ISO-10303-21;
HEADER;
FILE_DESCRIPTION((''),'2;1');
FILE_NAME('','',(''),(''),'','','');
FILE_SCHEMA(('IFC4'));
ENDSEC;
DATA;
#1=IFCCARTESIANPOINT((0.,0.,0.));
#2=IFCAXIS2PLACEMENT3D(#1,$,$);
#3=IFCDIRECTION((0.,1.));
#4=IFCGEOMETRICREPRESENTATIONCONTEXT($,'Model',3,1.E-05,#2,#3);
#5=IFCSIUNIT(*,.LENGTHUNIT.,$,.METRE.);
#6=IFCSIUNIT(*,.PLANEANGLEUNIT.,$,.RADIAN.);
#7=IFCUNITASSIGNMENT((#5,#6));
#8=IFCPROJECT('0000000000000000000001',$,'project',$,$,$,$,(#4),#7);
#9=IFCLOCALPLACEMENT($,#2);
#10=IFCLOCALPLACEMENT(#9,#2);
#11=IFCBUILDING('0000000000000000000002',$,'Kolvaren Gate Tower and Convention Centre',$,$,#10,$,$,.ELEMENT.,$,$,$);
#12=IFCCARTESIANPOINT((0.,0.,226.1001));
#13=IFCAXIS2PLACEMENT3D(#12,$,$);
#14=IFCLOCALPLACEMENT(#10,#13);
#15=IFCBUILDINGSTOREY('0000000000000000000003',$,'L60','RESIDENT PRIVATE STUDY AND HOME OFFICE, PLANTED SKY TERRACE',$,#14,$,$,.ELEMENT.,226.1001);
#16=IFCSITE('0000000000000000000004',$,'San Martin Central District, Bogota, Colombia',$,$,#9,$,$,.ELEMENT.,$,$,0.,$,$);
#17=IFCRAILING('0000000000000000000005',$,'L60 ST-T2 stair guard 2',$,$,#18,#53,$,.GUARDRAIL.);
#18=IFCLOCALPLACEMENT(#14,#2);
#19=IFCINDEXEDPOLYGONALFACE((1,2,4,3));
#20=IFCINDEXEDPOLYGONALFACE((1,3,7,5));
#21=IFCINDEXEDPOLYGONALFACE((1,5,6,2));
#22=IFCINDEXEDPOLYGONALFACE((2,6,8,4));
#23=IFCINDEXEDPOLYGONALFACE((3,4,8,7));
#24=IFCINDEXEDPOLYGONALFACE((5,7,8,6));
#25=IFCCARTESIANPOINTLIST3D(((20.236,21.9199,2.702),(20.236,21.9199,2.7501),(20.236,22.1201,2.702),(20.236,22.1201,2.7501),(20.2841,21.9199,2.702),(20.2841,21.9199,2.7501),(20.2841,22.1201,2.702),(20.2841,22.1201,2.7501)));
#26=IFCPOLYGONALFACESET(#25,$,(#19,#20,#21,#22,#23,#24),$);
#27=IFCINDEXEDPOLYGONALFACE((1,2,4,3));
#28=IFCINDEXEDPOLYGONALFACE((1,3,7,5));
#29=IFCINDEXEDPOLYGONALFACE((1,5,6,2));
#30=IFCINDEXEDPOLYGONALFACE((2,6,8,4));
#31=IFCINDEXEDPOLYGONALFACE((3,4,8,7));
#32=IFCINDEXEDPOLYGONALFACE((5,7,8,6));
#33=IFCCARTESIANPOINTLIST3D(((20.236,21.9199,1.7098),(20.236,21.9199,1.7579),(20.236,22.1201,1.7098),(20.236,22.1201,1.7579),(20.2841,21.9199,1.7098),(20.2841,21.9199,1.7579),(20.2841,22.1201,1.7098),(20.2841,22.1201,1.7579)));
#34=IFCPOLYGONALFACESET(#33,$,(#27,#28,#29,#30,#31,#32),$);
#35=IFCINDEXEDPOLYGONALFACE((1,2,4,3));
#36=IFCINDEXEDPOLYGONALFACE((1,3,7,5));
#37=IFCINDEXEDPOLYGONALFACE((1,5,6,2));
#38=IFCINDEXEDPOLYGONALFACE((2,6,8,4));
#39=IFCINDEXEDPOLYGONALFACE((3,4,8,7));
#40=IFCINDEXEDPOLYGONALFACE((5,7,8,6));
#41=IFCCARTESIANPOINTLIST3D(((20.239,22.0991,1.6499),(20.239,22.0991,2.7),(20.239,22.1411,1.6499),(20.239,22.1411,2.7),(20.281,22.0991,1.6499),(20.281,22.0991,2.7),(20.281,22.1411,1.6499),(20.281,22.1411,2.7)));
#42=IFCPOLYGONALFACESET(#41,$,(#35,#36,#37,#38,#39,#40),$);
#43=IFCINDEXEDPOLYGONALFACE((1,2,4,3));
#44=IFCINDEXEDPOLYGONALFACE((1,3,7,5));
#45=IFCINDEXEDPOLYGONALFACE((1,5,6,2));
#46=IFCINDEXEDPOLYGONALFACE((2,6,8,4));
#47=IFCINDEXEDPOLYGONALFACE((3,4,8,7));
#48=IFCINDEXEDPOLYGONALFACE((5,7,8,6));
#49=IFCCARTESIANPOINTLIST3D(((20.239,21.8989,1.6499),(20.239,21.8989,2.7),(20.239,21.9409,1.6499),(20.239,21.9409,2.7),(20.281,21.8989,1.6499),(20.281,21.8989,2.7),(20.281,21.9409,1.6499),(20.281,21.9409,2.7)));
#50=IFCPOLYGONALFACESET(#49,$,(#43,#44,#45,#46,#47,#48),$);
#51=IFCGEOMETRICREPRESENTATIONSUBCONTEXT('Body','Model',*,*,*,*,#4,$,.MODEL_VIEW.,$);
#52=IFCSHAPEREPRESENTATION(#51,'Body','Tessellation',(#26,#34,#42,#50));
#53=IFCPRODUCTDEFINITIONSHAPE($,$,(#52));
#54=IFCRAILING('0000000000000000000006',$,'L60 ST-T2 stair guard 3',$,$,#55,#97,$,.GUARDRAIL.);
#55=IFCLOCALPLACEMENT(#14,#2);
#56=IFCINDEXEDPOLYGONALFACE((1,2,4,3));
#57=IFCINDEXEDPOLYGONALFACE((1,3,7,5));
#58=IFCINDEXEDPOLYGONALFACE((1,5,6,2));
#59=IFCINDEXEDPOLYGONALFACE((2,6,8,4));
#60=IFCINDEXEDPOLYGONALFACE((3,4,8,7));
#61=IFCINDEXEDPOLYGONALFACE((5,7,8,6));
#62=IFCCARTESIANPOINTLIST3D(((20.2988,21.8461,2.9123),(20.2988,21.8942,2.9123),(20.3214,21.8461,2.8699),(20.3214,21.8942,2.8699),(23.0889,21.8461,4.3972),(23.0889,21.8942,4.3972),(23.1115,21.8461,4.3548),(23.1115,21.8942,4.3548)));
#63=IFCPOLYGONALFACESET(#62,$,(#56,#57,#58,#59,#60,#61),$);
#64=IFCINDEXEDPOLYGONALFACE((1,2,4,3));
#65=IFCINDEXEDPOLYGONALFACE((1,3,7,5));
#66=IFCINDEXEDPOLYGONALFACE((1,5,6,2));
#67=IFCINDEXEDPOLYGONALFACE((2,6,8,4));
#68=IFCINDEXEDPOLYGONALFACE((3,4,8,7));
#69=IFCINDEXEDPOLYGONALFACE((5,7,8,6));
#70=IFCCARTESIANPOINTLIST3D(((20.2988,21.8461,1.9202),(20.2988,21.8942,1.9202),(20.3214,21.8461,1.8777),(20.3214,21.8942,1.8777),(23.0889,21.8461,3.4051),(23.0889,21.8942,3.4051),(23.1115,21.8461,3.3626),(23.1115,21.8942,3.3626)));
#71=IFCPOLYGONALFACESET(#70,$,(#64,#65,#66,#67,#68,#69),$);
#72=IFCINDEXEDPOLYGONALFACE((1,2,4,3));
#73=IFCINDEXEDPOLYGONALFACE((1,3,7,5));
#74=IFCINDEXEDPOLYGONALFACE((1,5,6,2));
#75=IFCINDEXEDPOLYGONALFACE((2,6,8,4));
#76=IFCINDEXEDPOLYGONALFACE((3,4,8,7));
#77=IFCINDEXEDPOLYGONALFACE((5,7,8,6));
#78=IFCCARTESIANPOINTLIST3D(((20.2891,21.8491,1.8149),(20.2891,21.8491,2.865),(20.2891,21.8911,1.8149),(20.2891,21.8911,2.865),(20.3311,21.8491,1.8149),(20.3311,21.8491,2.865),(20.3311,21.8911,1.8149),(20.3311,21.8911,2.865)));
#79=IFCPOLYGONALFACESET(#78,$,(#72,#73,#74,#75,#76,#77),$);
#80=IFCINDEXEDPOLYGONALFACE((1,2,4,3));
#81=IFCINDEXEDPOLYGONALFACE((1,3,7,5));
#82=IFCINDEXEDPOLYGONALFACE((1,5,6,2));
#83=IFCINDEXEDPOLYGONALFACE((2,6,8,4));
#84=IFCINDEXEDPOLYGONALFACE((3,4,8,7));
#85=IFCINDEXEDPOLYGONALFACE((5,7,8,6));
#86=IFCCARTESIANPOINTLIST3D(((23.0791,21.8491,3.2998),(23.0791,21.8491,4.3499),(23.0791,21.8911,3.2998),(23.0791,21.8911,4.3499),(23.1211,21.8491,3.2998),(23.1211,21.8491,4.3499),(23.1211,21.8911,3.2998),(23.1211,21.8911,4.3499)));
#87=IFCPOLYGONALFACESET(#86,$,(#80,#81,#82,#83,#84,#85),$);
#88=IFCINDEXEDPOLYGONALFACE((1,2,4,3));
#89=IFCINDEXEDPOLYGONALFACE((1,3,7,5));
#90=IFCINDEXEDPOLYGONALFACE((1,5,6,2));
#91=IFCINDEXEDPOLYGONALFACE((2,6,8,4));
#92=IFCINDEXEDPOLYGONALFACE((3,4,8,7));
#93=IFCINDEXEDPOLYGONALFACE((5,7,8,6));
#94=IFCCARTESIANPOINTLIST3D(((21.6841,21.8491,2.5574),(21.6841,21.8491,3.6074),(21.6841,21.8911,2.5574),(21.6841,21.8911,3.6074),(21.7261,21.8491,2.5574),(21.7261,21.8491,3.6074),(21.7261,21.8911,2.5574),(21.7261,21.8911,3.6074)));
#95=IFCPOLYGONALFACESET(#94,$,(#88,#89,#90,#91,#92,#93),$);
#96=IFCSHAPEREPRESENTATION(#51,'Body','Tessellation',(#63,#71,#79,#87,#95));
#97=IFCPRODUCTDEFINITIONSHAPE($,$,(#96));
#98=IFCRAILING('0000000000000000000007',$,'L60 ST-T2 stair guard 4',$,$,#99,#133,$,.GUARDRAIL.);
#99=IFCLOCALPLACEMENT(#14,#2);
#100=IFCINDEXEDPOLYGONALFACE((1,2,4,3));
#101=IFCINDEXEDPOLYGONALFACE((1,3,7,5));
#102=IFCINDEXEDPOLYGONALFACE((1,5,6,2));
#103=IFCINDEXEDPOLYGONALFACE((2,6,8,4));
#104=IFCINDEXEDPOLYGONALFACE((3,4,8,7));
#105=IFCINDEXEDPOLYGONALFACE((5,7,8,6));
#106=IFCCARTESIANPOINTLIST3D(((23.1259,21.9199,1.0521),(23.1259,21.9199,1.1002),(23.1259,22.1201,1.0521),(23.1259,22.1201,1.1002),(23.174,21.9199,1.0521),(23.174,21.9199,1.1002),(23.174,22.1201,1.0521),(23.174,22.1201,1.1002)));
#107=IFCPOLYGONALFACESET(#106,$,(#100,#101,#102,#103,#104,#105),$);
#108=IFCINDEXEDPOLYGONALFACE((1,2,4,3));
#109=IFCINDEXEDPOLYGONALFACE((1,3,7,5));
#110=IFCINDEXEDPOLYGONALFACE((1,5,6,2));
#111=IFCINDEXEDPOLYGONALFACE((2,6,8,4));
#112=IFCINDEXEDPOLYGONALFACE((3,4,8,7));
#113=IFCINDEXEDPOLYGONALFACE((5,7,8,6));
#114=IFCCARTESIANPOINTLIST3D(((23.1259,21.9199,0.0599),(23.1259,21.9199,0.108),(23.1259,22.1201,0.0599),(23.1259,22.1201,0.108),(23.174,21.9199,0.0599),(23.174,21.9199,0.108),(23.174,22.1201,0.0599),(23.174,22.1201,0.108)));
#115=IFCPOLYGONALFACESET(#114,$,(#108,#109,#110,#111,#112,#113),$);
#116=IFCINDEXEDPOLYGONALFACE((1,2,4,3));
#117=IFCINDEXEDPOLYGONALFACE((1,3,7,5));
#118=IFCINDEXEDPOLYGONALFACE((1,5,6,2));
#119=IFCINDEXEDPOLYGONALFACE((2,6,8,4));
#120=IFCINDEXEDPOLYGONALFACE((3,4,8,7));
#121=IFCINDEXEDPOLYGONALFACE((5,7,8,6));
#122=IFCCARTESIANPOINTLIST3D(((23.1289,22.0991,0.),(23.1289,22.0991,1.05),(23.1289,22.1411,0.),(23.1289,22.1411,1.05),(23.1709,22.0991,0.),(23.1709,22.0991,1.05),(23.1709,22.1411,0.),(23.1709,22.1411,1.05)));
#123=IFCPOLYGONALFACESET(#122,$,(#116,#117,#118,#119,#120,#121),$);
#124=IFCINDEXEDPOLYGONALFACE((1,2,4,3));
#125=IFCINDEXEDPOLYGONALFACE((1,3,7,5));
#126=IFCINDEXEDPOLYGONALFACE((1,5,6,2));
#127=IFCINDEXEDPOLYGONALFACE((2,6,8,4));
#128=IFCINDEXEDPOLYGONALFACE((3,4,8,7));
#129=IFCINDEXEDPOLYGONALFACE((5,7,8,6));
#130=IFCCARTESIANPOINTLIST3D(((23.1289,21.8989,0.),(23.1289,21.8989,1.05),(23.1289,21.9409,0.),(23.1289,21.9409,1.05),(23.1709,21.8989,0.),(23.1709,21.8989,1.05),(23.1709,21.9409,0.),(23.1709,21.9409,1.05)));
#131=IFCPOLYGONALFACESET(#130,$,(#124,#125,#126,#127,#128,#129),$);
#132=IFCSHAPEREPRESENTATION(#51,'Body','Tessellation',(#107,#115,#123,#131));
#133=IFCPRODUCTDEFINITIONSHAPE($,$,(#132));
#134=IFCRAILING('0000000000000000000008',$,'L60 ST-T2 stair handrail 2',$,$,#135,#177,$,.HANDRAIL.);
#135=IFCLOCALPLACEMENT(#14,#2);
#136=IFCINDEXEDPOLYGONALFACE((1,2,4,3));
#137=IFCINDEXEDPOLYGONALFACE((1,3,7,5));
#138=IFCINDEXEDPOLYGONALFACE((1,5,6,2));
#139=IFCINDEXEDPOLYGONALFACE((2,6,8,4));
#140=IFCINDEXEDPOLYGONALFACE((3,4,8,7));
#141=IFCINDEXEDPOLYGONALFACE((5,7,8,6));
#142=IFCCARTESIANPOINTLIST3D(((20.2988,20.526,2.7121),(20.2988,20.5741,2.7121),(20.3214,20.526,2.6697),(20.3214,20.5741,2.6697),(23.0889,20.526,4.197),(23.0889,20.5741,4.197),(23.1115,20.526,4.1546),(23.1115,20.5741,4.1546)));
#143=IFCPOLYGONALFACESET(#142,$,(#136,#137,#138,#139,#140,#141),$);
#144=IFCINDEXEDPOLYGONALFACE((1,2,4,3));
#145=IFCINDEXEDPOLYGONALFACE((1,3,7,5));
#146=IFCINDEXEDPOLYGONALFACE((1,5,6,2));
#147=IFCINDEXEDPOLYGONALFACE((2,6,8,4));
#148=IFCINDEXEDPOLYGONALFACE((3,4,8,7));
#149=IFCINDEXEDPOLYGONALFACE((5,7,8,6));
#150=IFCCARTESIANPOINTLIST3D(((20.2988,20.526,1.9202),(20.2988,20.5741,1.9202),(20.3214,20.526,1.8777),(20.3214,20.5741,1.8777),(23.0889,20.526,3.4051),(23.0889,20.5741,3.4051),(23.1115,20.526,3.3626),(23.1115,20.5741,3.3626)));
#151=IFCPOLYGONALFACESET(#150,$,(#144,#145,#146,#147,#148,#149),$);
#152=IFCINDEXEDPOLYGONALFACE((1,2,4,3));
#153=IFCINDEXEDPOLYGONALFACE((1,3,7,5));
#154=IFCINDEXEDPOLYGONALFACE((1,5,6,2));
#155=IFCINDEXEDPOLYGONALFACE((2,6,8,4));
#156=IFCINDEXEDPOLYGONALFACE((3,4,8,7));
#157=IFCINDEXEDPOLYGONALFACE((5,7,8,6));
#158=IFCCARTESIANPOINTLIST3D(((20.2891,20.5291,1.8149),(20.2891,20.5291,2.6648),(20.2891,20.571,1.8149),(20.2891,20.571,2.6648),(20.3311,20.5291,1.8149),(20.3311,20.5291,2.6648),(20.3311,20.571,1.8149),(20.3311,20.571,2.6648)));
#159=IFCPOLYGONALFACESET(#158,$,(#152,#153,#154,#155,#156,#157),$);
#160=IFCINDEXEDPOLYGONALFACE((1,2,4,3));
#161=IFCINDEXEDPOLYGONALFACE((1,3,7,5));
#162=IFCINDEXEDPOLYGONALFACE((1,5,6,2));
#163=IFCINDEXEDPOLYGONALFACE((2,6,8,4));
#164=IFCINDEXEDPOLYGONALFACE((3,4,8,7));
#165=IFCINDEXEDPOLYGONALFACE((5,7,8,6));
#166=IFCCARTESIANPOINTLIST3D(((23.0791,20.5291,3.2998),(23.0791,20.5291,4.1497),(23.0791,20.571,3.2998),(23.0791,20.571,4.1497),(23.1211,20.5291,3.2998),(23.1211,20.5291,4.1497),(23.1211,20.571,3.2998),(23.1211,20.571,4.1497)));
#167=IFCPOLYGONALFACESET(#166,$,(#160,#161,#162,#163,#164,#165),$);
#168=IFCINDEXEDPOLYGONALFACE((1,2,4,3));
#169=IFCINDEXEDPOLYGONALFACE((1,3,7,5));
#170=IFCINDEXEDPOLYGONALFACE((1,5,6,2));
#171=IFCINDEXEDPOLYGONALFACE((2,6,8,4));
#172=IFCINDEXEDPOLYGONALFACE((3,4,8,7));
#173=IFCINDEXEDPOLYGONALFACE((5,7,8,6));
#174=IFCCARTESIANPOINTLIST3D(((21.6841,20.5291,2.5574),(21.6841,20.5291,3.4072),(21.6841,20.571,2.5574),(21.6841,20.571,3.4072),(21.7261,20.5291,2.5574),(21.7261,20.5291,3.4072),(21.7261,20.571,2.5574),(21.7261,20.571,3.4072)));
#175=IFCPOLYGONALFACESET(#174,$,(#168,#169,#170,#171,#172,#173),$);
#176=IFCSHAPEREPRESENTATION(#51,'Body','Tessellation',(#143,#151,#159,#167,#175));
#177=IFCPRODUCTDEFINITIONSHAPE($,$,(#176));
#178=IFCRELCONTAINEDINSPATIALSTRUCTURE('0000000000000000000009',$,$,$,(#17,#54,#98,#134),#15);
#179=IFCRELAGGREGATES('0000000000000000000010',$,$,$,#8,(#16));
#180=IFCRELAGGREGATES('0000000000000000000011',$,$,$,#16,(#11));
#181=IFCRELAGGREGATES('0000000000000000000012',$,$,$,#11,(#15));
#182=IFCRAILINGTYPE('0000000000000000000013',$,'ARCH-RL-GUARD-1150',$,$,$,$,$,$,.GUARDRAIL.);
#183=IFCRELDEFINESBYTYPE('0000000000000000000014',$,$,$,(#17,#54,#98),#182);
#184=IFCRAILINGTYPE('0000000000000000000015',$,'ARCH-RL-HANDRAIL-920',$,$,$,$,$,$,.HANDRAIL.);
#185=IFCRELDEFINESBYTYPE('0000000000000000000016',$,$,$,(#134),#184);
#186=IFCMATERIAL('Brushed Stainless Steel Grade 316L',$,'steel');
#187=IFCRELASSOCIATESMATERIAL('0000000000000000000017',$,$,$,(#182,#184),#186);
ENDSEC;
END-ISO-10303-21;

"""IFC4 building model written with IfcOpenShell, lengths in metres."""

from ifc_helpers import new_model, si_unit, direction, frame, origin, origin_2d, place, context, subcontext, project, spatial, rectangle, extrude, material, type_object, element, save


model = new_model("IFC4")

# Units and contexts
model_context = context("Model", 3, precision=1e-05, world=origin(), true_north=direction((0.0, 1.0)))
body_context = subcontext(model_context, "Body", "Model", "MODEL_VIEW")
ifc_project = project(units=[si_unit("LENGTHUNIT", "METRE"), si_unit("PLANEANGLEUNIT", "RADIAN")], contexts=[model_context])

# Site, building, storey
site_placement = place(None, origin())
site = spatial("IfcSite", under=ifc_project, at=site_placement, Name="San Martin Central District, Bogota, Colombia", CompositionType="ELEMENT", RefElevation=0.0)
building_placement = place(site_placement, origin())
building = spatial("IfcBuilding", under=site, at=building_placement, Name="Kolvaren Gate Tower and Convention Centre", CompositionType="ELEMENT")
storey_placement = place(building_placement, frame((0.0, 0.0, 226.1001)))
storey = spatial("IfcBuildingStorey", under=building, at=storey_placement, Name="L60", Description="RESIDENT PRIVATE STUDY AND HOME OFFICE, PLANTED SKY TERRACE", CompositionType="ELEMENT", Elevation=226.1001)

# Railings
ifc_material_1 = material(Name="Brushed Stainless Steel Grade 316L", Category="steel")
railing_type_1 = type_object("IfcRailingType", Name="ARCH-RL-GUARD-1150", PredefinedType="GUARDRAIL", material=ifc_material_1)
railing_1_placement = place(storey_placement, frame((20.26, 22.1201, 1.6499)))
element("IfcRailing", 1, at=railing_1_placement, inside=storey, type_object=railing_type_1, Name="L60 ST-T2 stair guard 2", PredefinedType="GUARDRAIL", context=body_context, shape_type="SweptSolid", body=[
    extrude(rectangle(XDim=0.0481, YDim=0.0481, at=origin_2d()), frame((0.0, 0.0, 1.0762), z_axis=(0.0, -1.0, 0.0), x_axis=(1.0, 0.0, 0.0)), (0.0, 0.0, 1.0), 0.2002),
    extrude(rectangle(XDim=0.0481, YDim=0.0481, at=origin_2d()), frame((0.0, 0.0, 0.084), z_axis=(0.0, -1.0, 0.0), x_axis=(1.0, 0.0, 0.0)), (0.0, 0.0, 1.0), 0.2002),
    extrude(rectangle(XDim=0.042, YDim=0.042, at=origin_2d()), origin(), (0.0, 0.0, 1.0), 1.05),
    extrude(rectangle(XDim=0.042, YDim=0.042, at=origin_2d()), frame((0.0, -0.2002, 0.0)), (0.0, 0.0, 1.0), 1.05),
])
railing_2_placement = place(storey_placement, frame((20.3101, 21.8701, 1.8149)))
element("IfcRailing", 2, at=railing_2_placement, inside=storey, type_object=railing_type_1, Name="L60 ST-T2 stair guard 3", PredefinedType="GUARDRAIL", context=body_context, shape_type="SweptSolid", body=[
    extrude(rectangle(XDim=0.0481, YDim=0.0481, at=origin_2d()), frame((0.0, 0.0, 1.0762), z_axis=(0.882767, 0.0, 0.46981), x_axis=(0.0, 1.0, 0.0)), (0.0, 0.0, 1.0), 3.1606),
    extrude(rectangle(XDim=0.0481, YDim=0.0481, at=origin_2d()), frame((0.0, 0.0, 0.084), z_axis=(0.882767, 0.0, 0.46981), x_axis=(0.0, 1.0, 0.0)), (0.0, 0.0, 1.0), 3.1606),
    extrude(rectangle(XDim=0.042, YDim=0.042, at=origin_2d()), origin(), (0.0, 0.0, 1.0), 1.05),
    extrude(rectangle(XDim=0.042, YDim=0.042, at=origin_2d()), frame((2.79, 0.0, 1.4849)), (0.0, 0.0, 1.0), 1.05),
    extrude(rectangle(XDim=0.042, YDim=0.042, at=origin_2d()), frame((1.395, 0.0, 0.7424)), (0.0, 0.0, 1.0), 1.05),
])
railing_3_placement = place(storey_placement, frame((23.1499, 22.1201, 0.0)))
element("IfcRailing", 3, at=railing_3_placement, inside=storey, type_object=railing_type_1, Name="L60 ST-T2 stair guard 4", PredefinedType="GUARDRAIL", context=body_context, shape_type="SweptSolid", body=[
    extrude(rectangle(XDim=0.0481, YDim=0.0481, at=origin_2d()), frame((0.0, 0.0, 1.0762), z_axis=(0.0, -1.0, 0.0), x_axis=(1.0, 0.0, 0.0)), (0.0, 0.0, 1.0), 0.2002),
    extrude(rectangle(XDim=0.0481, YDim=0.0481, at=origin_2d()), frame((0.0, 0.0, 0.084), z_axis=(0.0, -1.0, 0.0), x_axis=(1.0, 0.0, 0.0)), (0.0, 0.0, 1.0), 0.2002),
    extrude(rectangle(XDim=0.042, YDim=0.042, at=origin_2d()), origin(), (0.0, 0.0, 1.0), 1.05),
    extrude(rectangle(XDim=0.042, YDim=0.042, at=origin_2d()), frame((0.0, -0.2002, 0.0)), (0.0, 0.0, 1.0), 1.05),
])
railing_type_2 = type_object("IfcRailingType", Name="ARCH-RL-HANDRAIL-920", PredefinedType="HANDRAIL", material=ifc_material_1)
railing_4_placement = place(storey_placement, frame((20.3101, 20.55, 1.8149)))
element("IfcRailing", 4, at=railing_4_placement, inside=storey, type_object=railing_type_2, Name="L60 ST-T2 stair handrail 2", PredefinedType="HANDRAIL", context=body_context, shape_type="SweptSolid", body=[
    extrude(rectangle(XDim=0.0481, YDim=0.0481, at=origin_2d()), frame((0.0, 0.0, 0.876), z_axis=(0.882767, 0.0, 0.46981), x_axis=(0.0, 1.0, 0.0)), (0.0, 0.0, 1.0), 3.1606),
    extrude(rectangle(XDim=0.0481, YDim=0.0481, at=origin_2d()), frame((0.0, 0.0, 0.084), z_axis=(0.882767, 0.0, 0.46981), x_axis=(0.0, 1.0, 0.0)), (0.0, 0.0, 1.0), 3.1606),
    extrude(rectangle(XDim=0.042, YDim=0.042, at=origin_2d()), origin(), (0.0, 0.0, 1.0), 0.8499),
    extrude(rectangle(XDim=0.042, YDim=0.042, at=origin_2d()), frame((2.79, 0.0, 1.4849)), (0.0, 0.0, 1.0), 0.8499),
    extrude(rectangle(XDim=0.042, YDim=0.042, at=origin_2d()), frame((1.395, 0.0, 0.7424)), (0.0, 0.0, 1.0), 0.8499),
])

save(model, "model.ifc")
